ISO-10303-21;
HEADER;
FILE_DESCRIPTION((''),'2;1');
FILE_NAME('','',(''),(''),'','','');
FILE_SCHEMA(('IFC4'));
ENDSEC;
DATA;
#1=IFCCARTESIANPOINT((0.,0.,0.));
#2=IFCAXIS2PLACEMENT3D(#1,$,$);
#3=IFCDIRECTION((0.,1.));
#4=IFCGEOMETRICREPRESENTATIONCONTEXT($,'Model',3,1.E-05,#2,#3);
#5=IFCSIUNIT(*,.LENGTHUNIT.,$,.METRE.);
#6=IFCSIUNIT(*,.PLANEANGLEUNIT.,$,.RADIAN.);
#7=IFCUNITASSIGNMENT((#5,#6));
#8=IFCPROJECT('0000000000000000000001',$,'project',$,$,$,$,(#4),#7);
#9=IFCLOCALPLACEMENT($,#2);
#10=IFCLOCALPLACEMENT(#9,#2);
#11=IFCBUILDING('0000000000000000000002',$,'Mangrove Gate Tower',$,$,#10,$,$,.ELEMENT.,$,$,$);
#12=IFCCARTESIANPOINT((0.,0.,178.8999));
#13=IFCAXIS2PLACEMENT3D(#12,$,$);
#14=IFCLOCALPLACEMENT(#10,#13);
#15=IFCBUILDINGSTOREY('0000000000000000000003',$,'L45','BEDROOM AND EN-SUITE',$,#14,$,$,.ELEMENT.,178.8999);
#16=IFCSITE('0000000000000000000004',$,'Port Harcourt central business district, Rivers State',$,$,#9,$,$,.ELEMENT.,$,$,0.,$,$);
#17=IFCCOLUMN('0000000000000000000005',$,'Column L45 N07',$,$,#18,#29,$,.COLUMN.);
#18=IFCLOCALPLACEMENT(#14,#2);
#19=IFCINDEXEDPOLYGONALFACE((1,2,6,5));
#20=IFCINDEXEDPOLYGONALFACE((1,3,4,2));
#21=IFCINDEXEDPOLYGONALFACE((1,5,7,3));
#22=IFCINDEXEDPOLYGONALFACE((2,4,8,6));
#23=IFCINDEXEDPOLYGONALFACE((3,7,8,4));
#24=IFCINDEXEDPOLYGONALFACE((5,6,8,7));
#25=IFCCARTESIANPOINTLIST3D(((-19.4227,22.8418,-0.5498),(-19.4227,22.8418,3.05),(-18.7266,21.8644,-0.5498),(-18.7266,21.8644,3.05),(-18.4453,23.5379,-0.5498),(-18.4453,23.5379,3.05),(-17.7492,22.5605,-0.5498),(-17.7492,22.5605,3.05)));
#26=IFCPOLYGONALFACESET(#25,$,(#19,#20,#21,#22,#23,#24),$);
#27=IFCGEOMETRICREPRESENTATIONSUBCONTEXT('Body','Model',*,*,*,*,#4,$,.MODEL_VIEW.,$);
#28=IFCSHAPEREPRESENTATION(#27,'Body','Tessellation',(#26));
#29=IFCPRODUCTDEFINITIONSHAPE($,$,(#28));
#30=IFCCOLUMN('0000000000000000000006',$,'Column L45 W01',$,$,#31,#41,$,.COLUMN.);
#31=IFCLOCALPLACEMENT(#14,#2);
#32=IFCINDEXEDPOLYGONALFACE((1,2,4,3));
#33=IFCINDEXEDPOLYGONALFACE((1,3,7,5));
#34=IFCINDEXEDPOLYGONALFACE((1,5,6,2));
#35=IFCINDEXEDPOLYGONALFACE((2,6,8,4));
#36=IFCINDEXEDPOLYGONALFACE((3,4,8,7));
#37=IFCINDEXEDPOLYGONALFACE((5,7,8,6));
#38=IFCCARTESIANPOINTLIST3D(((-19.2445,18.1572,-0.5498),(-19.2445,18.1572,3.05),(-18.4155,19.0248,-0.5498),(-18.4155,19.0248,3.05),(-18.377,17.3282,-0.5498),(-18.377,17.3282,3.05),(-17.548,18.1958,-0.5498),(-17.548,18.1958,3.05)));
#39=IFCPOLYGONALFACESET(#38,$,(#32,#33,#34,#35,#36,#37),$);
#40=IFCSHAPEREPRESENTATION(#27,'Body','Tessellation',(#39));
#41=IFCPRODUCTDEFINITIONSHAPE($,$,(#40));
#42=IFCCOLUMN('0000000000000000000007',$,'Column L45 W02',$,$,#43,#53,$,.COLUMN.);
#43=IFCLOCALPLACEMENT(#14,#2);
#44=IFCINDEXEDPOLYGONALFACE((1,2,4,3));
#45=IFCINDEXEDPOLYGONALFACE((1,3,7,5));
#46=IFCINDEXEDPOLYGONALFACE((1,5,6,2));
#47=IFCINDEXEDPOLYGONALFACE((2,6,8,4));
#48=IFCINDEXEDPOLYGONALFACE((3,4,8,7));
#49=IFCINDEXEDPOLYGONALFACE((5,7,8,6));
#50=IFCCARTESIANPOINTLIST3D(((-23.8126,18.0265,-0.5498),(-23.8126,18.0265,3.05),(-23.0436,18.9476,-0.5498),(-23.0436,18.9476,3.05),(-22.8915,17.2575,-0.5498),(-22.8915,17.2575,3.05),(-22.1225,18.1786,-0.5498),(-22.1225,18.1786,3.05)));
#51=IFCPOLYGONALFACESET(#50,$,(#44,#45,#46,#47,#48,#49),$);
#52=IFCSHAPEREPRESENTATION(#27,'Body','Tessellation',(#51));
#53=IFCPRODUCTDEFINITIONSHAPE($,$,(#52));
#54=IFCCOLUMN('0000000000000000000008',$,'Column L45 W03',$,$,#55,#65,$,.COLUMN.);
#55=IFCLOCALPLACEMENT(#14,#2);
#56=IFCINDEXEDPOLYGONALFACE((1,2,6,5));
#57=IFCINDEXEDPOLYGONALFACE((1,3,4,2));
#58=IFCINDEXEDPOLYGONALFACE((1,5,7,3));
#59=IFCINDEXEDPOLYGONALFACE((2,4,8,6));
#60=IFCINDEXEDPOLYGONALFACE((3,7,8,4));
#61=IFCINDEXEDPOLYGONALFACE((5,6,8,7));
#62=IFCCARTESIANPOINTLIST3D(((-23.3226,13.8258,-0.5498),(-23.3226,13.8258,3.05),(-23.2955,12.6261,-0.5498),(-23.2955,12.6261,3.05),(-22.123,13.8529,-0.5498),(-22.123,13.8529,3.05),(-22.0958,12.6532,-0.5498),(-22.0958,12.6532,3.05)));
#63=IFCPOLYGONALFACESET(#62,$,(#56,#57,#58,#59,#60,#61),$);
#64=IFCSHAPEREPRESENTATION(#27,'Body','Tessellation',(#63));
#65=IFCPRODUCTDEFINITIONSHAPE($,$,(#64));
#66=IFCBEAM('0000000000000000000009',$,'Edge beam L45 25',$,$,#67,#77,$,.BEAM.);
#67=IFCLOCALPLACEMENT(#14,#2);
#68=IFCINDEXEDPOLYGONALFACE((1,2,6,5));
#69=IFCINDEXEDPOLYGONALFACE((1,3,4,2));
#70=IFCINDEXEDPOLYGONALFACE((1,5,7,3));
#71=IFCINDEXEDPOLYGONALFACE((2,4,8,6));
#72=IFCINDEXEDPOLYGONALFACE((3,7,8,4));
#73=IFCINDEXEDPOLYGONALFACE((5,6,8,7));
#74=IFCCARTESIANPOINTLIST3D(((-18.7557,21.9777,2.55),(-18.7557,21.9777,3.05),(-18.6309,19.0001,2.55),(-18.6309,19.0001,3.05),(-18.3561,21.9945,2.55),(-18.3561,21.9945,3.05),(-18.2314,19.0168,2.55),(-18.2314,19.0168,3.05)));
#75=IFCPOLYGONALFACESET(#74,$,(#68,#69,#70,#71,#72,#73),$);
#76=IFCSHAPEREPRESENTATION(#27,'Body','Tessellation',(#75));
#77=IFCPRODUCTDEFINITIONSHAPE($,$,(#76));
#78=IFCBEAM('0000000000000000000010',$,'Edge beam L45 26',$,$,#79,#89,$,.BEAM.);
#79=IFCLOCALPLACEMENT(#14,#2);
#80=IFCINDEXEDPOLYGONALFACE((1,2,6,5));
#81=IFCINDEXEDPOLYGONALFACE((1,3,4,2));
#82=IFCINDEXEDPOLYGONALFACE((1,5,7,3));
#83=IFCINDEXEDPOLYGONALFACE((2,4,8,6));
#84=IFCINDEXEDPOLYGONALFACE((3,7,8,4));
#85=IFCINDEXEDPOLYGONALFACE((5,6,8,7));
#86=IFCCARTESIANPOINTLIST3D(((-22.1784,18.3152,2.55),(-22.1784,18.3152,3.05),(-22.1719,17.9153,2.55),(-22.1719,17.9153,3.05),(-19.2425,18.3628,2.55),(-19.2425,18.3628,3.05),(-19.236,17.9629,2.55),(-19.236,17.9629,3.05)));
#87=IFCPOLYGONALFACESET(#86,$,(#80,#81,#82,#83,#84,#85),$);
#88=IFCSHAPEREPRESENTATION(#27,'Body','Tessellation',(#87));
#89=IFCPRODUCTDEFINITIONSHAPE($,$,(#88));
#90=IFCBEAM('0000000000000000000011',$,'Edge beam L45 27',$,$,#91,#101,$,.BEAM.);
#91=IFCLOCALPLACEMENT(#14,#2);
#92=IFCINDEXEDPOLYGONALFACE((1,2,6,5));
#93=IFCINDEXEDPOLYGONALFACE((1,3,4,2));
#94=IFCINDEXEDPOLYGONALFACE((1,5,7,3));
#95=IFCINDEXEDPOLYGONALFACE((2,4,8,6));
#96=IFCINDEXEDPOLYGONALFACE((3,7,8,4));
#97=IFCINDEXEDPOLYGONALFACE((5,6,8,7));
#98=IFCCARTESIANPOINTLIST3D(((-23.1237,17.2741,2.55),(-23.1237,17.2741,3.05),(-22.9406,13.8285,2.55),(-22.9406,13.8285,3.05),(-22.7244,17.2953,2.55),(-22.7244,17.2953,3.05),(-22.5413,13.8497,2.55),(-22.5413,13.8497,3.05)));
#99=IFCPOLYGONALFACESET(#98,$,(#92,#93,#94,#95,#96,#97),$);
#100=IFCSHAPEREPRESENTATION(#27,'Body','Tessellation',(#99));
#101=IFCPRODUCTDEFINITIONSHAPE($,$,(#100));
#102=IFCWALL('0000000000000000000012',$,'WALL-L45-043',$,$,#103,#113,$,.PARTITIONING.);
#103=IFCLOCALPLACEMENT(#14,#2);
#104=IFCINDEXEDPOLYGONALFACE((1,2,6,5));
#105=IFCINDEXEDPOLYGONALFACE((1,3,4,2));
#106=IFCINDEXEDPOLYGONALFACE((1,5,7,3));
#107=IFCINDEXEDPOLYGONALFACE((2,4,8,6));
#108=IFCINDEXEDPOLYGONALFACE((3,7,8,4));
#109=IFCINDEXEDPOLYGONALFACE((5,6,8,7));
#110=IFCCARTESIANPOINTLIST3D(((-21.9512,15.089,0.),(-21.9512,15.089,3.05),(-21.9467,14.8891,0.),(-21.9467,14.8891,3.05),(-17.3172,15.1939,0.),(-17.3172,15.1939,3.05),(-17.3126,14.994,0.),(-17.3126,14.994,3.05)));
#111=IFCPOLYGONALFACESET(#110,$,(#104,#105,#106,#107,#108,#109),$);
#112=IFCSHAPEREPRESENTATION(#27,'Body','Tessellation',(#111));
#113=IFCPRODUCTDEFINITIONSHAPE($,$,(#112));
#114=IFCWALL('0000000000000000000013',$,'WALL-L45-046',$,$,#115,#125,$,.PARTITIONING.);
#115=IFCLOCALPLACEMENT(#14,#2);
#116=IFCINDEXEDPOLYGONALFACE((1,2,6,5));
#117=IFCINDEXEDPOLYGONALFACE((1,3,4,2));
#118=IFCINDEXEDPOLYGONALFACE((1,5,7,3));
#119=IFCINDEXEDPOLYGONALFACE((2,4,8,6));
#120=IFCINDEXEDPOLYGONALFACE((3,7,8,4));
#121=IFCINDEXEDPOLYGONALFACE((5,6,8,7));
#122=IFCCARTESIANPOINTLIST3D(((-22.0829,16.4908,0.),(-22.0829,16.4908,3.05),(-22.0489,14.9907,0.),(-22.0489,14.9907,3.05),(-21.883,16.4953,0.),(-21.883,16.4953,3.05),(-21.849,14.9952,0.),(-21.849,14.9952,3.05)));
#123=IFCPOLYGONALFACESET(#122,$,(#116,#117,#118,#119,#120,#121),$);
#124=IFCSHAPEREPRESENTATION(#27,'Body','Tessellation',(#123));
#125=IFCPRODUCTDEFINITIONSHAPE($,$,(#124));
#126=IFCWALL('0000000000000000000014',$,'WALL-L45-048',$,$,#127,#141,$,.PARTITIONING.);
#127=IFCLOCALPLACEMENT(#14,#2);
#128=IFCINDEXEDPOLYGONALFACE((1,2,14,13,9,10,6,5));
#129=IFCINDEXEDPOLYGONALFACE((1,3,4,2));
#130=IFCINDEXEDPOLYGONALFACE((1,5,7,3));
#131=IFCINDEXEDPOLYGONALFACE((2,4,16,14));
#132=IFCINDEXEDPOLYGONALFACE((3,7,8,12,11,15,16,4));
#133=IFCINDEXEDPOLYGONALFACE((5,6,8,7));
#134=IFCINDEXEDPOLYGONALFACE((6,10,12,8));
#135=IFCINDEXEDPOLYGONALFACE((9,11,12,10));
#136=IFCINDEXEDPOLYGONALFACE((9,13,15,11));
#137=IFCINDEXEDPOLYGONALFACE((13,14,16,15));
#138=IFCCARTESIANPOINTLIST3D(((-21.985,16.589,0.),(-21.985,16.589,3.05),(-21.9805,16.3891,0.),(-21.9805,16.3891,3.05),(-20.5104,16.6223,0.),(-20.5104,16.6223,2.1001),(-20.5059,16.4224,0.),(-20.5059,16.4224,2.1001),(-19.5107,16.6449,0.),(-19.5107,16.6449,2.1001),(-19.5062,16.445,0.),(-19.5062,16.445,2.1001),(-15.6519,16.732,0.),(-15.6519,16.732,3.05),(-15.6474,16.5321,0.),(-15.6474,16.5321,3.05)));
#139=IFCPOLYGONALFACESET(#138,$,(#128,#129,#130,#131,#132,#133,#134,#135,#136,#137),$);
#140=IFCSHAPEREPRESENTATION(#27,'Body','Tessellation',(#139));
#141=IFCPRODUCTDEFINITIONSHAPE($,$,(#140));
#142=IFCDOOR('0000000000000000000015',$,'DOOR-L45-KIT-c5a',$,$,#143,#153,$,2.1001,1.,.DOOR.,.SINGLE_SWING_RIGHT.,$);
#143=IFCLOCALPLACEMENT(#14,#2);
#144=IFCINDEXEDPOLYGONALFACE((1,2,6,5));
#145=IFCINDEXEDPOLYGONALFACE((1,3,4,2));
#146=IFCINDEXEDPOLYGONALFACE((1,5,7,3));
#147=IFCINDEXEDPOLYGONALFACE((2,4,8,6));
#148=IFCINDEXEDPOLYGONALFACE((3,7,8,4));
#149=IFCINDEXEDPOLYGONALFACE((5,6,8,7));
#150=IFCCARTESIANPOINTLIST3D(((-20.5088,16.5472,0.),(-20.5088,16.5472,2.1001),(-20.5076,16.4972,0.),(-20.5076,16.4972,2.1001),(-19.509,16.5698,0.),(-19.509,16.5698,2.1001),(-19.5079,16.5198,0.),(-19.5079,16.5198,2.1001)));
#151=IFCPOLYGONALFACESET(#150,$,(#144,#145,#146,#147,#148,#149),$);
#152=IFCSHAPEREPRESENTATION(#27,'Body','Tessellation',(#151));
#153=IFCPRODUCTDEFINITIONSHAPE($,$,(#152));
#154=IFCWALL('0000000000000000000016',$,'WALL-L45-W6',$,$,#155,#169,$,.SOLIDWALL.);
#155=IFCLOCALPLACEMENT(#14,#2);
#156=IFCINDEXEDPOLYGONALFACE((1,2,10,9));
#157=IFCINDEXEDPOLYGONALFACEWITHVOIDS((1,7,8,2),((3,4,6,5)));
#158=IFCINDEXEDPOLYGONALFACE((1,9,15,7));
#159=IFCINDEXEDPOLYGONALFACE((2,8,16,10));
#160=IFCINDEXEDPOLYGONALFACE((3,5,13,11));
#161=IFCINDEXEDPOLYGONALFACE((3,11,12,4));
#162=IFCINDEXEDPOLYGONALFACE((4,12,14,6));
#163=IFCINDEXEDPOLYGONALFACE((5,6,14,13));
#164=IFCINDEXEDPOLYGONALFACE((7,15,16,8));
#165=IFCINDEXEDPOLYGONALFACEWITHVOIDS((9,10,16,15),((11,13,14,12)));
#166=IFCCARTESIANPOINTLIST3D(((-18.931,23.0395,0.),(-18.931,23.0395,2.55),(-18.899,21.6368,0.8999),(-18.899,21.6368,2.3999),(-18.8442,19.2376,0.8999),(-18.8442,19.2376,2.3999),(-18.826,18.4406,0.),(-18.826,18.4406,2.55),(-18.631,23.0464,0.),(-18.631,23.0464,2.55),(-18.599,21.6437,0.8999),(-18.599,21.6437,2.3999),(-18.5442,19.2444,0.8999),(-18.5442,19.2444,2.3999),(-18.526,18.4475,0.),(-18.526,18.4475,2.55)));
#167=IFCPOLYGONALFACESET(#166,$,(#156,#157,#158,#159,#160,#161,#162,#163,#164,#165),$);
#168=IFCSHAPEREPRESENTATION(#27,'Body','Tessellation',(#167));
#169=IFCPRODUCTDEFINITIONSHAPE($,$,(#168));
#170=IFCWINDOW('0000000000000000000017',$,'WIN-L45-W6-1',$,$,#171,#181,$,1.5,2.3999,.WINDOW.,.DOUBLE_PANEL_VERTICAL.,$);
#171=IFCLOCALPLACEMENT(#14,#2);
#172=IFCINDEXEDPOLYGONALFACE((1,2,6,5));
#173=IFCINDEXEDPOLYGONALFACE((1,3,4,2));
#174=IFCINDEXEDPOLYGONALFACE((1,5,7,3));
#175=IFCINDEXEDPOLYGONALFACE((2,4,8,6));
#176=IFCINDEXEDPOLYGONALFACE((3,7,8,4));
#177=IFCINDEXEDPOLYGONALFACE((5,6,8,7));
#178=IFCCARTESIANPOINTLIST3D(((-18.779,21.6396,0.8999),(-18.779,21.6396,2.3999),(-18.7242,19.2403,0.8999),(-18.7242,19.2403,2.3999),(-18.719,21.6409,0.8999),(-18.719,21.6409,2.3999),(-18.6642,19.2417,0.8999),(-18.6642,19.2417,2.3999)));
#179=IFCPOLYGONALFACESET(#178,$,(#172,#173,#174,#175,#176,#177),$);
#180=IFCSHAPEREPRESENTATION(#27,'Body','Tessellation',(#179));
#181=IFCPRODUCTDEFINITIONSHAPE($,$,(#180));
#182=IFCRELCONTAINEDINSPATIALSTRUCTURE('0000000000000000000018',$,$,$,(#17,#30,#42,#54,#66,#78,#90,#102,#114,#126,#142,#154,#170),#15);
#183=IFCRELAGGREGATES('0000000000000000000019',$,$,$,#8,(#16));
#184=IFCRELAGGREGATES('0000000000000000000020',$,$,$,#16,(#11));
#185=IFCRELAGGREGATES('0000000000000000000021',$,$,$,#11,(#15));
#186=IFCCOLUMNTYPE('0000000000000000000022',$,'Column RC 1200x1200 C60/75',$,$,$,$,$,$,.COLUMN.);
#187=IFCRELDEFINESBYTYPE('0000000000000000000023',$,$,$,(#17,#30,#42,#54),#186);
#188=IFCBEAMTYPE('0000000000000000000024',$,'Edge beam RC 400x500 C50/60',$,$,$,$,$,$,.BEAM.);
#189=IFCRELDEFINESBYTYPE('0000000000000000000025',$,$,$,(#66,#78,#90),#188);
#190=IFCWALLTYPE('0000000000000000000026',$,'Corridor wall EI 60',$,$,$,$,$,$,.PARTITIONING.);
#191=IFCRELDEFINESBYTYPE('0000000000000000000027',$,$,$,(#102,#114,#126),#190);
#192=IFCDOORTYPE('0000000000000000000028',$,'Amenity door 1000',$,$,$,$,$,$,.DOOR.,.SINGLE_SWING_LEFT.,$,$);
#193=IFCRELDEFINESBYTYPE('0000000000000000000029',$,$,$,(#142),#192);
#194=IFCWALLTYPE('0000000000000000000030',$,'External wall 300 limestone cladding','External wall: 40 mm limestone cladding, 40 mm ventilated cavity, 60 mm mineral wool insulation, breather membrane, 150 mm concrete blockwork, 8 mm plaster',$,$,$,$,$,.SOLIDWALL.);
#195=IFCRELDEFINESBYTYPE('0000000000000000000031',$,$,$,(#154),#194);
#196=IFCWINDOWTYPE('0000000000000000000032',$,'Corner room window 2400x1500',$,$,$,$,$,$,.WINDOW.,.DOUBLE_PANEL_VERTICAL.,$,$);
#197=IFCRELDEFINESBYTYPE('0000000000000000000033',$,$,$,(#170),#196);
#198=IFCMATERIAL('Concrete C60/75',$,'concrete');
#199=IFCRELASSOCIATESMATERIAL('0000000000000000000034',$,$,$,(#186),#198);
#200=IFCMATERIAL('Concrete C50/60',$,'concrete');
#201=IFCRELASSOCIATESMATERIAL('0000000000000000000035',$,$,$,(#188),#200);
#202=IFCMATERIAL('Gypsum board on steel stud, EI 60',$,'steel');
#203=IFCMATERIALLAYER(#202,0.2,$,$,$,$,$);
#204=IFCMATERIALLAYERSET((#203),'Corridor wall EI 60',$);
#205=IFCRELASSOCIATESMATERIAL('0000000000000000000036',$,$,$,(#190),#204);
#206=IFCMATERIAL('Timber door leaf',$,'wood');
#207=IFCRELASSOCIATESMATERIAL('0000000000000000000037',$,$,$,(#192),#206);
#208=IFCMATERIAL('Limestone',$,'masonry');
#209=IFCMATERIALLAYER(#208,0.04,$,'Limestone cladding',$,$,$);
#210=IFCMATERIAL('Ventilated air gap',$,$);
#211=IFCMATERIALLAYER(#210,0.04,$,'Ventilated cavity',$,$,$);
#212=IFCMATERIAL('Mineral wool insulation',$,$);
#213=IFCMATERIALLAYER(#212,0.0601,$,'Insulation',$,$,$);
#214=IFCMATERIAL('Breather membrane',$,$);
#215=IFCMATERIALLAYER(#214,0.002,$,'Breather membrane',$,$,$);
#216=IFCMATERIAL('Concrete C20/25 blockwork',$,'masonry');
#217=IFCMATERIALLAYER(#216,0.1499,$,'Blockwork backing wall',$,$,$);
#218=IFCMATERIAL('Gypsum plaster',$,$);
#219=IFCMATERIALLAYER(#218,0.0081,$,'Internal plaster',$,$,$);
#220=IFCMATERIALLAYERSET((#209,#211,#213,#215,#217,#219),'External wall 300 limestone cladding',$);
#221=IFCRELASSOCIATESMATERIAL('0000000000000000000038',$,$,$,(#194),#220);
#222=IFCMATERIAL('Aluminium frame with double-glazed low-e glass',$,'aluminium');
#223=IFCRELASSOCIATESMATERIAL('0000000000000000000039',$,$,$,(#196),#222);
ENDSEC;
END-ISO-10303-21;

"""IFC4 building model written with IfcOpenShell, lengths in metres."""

from ifc_helpers import new_model, si_unit, direction, frame, frame_2d, origin, origin_2d, place, context, subcontext, project, spatial, rectangle, extrude, material, layer, layer_set, material_profile, profile_set, type_object, element, fill, save


model = new_model("IFC4")

# Units and contexts
model_context = context("Model", 3, precision=1e-05, world=origin(), true_north=direction((0.0, 1.0)))
body_context = subcontext(model_context, "Body", "Model", "MODEL_VIEW")
ifc_project = project(units=[si_unit("LENGTHUNIT", "METRE"), si_unit("PLANEANGLEUNIT", "RADIAN")], contexts=[model_context])

# Site, building, storey
site_placement = place(None, origin())
site = spatial("IfcSite", under=ifc_project, at=site_placement, Name="Port Harcourt central business district, Rivers State", CompositionType="ELEMENT", RefElevation=0.0)
building_placement = place(site_placement, origin())
building = spatial("IfcBuilding", under=site, at=building_placement, Name="Mangrove Gate Tower", CompositionType="ELEMENT")
storey_placement = place(building_placement, frame((0.0, 0.0, 178.8999)))
storey = spatial("IfcBuildingStorey", under=building, at=storey_placement, Name="L45", Description="BEDROOM AND EN-SUITE", CompositionType="ELEMENT", Elevation=178.8999)

# Columns
ifc_material_1 = material(Name="Concrete C60/75", Category="concrete")
ifc_material_profile_1 = material_profile(ifc_material_1, rectangle(XDim=1.2, YDim=1.2, at=origin_2d()))
ifc_profile_set_1 = profile_set([ifc_material_profile_1], Name="Concrete C60/75")
column_type = type_object("IfcColumnType", Name="Column RC 1200x1200 C60/75", PredefinedType="COLUMN", material=ifc_profile_set_1)
for number, where, z_axis, x_axis, name in (
    (1, (-18.5859, 22.7012, -0.5498), (0.0, 0.0, 1.0), (-0.814549, -0.580095, 0.0), "Column L45 N07"),
    (2, (-18.3962, 18.1765, -0.5498), (0.0, 0.0, 1.0), (-0.69086, -0.722989, 0.0), "Column L45 W01"),
    (3, (-22.9675, 18.1025, -0.5498), (0.0, 0.0, 1.0), (-0.640874, -0.767646, 0.0), "Column L45 W02"),
    (4, (-22.7092, 13.2395, -0.5498), (0.0, 0.0, 1.0), (0.022613, -0.999744, 0.0), "Column L45 W03"),
):
    element("IfcColumn", number, at=place(storey_placement, frame(where, z_axis=z_axis, x_axis=x_axis)), inside=storey, type_object=column_type, Name=name, PredefinedType="COLUMN", context=body_context, shape_type="SweptSolid", body=[
        extrude(rectangle(XDim=1.2, YDim=1.2, at=origin_2d()), origin(), (0.0, 0.0, 1.0), 3.5999),
    ])

# Beams
ifc_material_2 = material(Name="Concrete C50/60", Category="concrete")
ifc_material_profile_2 = material_profile(ifc_material_2, rectangle(XDim=0.3999, YDim=0.5, at=origin_2d()))
ifc_profile_set_2 = profile_set([ifc_material_profile_2], Name="Concrete C50/60")
beam_type = type_object("IfcBeamType", Name="Edge beam RC 400x500 C50/60", PredefinedType="BEAM", material=ifc_profile_set_2)
beam_1_placement = place(storey_placement, frame((-18.5559, 21.9861, 2.8), z_axis=(0.041862, -0.999123, 0.0), x_axis=(0.999123, 0.041862, 0.0)))
element("IfcBeam", 5, at=beam_1_placement, inside=storey, type_object=beam_type, Name="Edge beam L45 25", PredefinedType="BEAM", context=body_context, shape_type="SweptSolid", body=[
    extrude(rectangle(XDim=0.3999, YDim=0.5, at=origin_2d()), origin(), (0.0, 0.0, 1.0), 2.9802),
])
beam_2_placement = place(storey_placement, frame((-19.2393, 18.1628, 2.8), z_axis=(-0.999869, -0.016214, 0.0), x_axis=(0.016214, -0.999869, 0.0)))
element("IfcBeam", 6, at=beam_2_placement, inside=storey, type_object=beam_type, Name="Edge beam L45 26", PredefinedType="BEAM", context=body_context, shape_type="SweptSolid", body=[
    extrude(rectangle(XDim=0.3999, YDim=0.5, at=origin_2d()), origin(), (0.0, 0.0, 1.0), 2.9363),
])
beam_3_placement = place(storey_placement, frame((-22.9241, 17.2847, 2.8), z_axis=(0.053068, -0.998591, 0.0), x_axis=(0.998591, 0.053068, 0.0)))
element("IfcBeam", 7, at=beam_3_placement, inside=storey, type_object=beam_type, Name="Edge beam L45 27", PredefinedType="BEAM", context=body_context, shape_type="SweptSolid", body=[
    extrude(rectangle(XDim=0.3999, YDim=0.5, at=origin_2d()), origin(), (0.0, 0.0, 1.0), 3.4504),
])

# Walls
ifc_material_3 = material(Name="Gypsum board on steel stud, EI 60", Category="steel")
ifc_layer_1 = layer(ifc_material_3, 0.2)
ifc_layer_set_1 = layer_set([ifc_layer_1], Name="Corridor wall EI 60")
wall_type_1 = type_object("IfcWallType", Name="Corridor wall EI 60", PredefinedType="PARTITIONING", material=ifc_layer_set_1)
wall_1_placement = place(storey_placement, frame((-21.949, 14.989, 0.0), z_axis=(0.0, 0.0, 1.0), x_axis=(0.999743, 0.022648, 0.0)))
element("IfcWall", 8, at=wall_1_placement, inside=storey, type_object=wall_type_1, Name="WALL-L45-043", PredefinedType="PARTITIONING", context=body_context, shape_type="SweptSolid", body=[
    extrude(rectangle(XDim=4.6353, YDim=0.2, at=frame_2d((2.3176, 0.0))), origin(), (0.0, 0.0, 1.0), 3.05),
])
wall_2_placement = place(storey_placement, frame((-21.949, 14.9929, 0.0), z_axis=(0.0, 0.0, 1.0), x_axis=(-0.022618, 0.999744, 0.0)))
element("IfcWall", 9, at=wall_2_placement, inside=storey, type_object=wall_type_1, Name="WALL-L45-046", PredefinedType="PARTITIONING", context=body_context, shape_type="SweptSolid", body=[
    extrude(rectangle(XDim=1.5005, YDim=0.2, at=frame_2d((0.7502, 0.0))), origin(), (0.0, 0.0, 1.0), 3.05),
])

# Wall, opening, door
wall_3_placement = place(storey_placement, frame((-21.9829, 16.489, 0.0), z_axis=(0.0, 0.0, 1.0), x_axis=(0.999745, 0.022585, 0.0)))
wall_3 = element("IfcWall", 10, at=wall_3_placement, inside=storey, type_object=wall_type_1, Name="WALL-L45-048", PredefinedType="PARTITIONING", context=body_context, shape_type="SweptSolid", body=[
    extrude(rectangle(XDim=6.3347, YDim=0.2, at=frame_2d((3.1675, 0.0))), origin(), (0.0, 0.0, 1.0), 3.05),
])
opening_1_placement = place(wall_3_placement, frame((1.4751, 0.0, 0.0)))
opening_1 = element("IfcOpeningElement", 11, at=opening_1_placement, cuts=wall_3, PredefinedType="OPENING", context=body_context, shape_type="SweptSolid", body=[
    extrude(rectangle(XDim=1.0, YDim=2.1001, at=frame_2d((0.5, 1.05))), frame((0.0, 0.1099, 0.0), z_axis=(0.0, -1.0, 0.0), x_axis=(1.0, 0.0, 0.0)), (0.0, 0.0, 1.0), 0.22),
])
ifc_material_4 = material(Name="Timber door leaf", Category="wood")
door_type_1 = type_object("IfcDoorType", Name="Amenity door 1000", OperationType="SINGLE_SWING_LEFT", PredefinedType="DOOR", material=ifc_material_4)
door_1_placement = place(opening_1_placement, origin())
door_1 = element("IfcDoor", 12, at=door_1_placement, inside=storey, type_object=door_type_1, Name="DOOR-L45-KIT-c5a", OperationType="SINGLE_SWING_RIGHT", OverallHeight=2.1001, OverallWidth=1.0, PredefinedType="DOOR", context=body_context, shape_type="SweptSolid", body=[
    extrude(rectangle(XDim=1.0, YDim=2.1001, at=frame_2d((0.5, 1.05))), frame((0.0, 0.0249, 0.0), z_axis=(0.0, -1.0, 0.0), x_axis=(1.0, 0.0, 0.0)), (0.0, 0.0, 1.0), 0.05),
])
fill(opening_1, door_1)

# Wall, opening, window
ifc_material_5 = material(Name="Limestone", Category="masonry")
ifc_layer_2 = layer(ifc_material_5, 0.04, Name="Limestone cladding")
ifc_material_6 = material(Name="Ventilated air gap")
ifc_layer_3 = layer(ifc_material_6, 0.04, Name="Ventilated cavity")
ifc_material_7 = material(Name="Mineral wool insulation")
ifc_layer_4 = layer(ifc_material_7, 0.0601, Name="Insulation")
ifc_material_8 = material(Name="Breather membrane")
ifc_layer_5 = layer(ifc_material_8, 0.002, Name="Breather membrane")
ifc_material_9 = material(Name="Concrete C20/25 blockwork", Category="masonry")
ifc_layer_6 = layer(ifc_material_9, 0.1499, Name="Blockwork backing wall")
ifc_material_10 = material(Name="Gypsum plaster")
ifc_layer_7 = layer(ifc_material_10, 0.0081, Name="Internal plaster")
ifc_layer_set_2 = layer_set([ifc_layer_2, ifc_layer_3, ifc_layer_4, ifc_layer_5, ifc_layer_6, ifc_layer_7], Name="External wall 300 limestone cladding")
wall_type_2 = type_object("IfcWallType", Name="External wall 300 limestone cladding", Description="External wall: 40 mm limestone cladding, 40 mm ventilated cavity, 60 mm mineral wool insulation, breather membrane, 150 mm concrete blockwork, 8 mm plaster", PredefinedType="SOLIDWALL", material=ifc_layer_set_2)
wall_4_placement = place(storey_placement, frame((-18.781, 23.043, 0.0), z_axis=(0.0, 0.0, 1.0), x_axis=(0.022821, -0.99974, 0.0)))
wall_4 = element("IfcWall", 13, at=wall_4_placement, inside=storey, type_object=wall_type_2, Name="WALL-L45-W6", PredefinedType="SOLIDWALL", context=body_context, shape_type="SweptSolid", body=[
    extrude(rectangle(XDim=4.6001, YDim=0.3, at=frame_2d((2.3, 0.0))), origin(), (0.0, 0.0, 1.0), 2.55),
])
opening_2_placement = place(wall_4_placement, frame((1.4031, 0.0, 0.8999)))
opening_2 = element("IfcOpeningElement", 14, at=opening_2_placement, cuts=wall_4, PredefinedType="OPENING", context=body_context, shape_type="SweptSolid", body=[
    extrude(rectangle(XDim=2.3999, YDim=1.5, at=frame_2d((1.2, 0.75))), frame((0.0, 0.1599, 0.0), z_axis=(0.0, -1.0, 0.0), x_axis=(1.0, 0.0, 0.0)), (0.0, 0.0, 1.0), 0.3201),
])
ifc_material_11 = material(Name="Aluminium frame with double-glazed low-e glass", Category="aluminium")
window_type = type_object("IfcWindowType", Name="Corner room window 2400x1500", PartitioningType="DOUBLE_PANEL_VERTICAL", PredefinedType="WINDOW", material=ifc_material_11)
window_1_placement = place(opening_2_placement, origin())
window_1 = element("IfcWindow", 15, at=window_1_placement, inside=storey, type_object=window_type, Name="WIN-L45-W6-1", OverallHeight=1.5, OverallWidth=2.3999, PartitioningType="DOUBLE_PANEL_VERTICAL", PredefinedType="WINDOW", context=body_context, shape_type="SweptSolid", body=[
    extrude(rectangle(XDim=2.3999, YDim=1.5, at=frame_2d((1.2, 0.75))), frame((0.0, 0.03, 0.0), z_axis=(0.0, -1.0, 0.0), x_axis=(1.0, 0.0, 0.0)), (0.0, 0.0, 1.0), 0.0601),
])
fill(opening_2, window_1)

save(model, "model.ifc")
